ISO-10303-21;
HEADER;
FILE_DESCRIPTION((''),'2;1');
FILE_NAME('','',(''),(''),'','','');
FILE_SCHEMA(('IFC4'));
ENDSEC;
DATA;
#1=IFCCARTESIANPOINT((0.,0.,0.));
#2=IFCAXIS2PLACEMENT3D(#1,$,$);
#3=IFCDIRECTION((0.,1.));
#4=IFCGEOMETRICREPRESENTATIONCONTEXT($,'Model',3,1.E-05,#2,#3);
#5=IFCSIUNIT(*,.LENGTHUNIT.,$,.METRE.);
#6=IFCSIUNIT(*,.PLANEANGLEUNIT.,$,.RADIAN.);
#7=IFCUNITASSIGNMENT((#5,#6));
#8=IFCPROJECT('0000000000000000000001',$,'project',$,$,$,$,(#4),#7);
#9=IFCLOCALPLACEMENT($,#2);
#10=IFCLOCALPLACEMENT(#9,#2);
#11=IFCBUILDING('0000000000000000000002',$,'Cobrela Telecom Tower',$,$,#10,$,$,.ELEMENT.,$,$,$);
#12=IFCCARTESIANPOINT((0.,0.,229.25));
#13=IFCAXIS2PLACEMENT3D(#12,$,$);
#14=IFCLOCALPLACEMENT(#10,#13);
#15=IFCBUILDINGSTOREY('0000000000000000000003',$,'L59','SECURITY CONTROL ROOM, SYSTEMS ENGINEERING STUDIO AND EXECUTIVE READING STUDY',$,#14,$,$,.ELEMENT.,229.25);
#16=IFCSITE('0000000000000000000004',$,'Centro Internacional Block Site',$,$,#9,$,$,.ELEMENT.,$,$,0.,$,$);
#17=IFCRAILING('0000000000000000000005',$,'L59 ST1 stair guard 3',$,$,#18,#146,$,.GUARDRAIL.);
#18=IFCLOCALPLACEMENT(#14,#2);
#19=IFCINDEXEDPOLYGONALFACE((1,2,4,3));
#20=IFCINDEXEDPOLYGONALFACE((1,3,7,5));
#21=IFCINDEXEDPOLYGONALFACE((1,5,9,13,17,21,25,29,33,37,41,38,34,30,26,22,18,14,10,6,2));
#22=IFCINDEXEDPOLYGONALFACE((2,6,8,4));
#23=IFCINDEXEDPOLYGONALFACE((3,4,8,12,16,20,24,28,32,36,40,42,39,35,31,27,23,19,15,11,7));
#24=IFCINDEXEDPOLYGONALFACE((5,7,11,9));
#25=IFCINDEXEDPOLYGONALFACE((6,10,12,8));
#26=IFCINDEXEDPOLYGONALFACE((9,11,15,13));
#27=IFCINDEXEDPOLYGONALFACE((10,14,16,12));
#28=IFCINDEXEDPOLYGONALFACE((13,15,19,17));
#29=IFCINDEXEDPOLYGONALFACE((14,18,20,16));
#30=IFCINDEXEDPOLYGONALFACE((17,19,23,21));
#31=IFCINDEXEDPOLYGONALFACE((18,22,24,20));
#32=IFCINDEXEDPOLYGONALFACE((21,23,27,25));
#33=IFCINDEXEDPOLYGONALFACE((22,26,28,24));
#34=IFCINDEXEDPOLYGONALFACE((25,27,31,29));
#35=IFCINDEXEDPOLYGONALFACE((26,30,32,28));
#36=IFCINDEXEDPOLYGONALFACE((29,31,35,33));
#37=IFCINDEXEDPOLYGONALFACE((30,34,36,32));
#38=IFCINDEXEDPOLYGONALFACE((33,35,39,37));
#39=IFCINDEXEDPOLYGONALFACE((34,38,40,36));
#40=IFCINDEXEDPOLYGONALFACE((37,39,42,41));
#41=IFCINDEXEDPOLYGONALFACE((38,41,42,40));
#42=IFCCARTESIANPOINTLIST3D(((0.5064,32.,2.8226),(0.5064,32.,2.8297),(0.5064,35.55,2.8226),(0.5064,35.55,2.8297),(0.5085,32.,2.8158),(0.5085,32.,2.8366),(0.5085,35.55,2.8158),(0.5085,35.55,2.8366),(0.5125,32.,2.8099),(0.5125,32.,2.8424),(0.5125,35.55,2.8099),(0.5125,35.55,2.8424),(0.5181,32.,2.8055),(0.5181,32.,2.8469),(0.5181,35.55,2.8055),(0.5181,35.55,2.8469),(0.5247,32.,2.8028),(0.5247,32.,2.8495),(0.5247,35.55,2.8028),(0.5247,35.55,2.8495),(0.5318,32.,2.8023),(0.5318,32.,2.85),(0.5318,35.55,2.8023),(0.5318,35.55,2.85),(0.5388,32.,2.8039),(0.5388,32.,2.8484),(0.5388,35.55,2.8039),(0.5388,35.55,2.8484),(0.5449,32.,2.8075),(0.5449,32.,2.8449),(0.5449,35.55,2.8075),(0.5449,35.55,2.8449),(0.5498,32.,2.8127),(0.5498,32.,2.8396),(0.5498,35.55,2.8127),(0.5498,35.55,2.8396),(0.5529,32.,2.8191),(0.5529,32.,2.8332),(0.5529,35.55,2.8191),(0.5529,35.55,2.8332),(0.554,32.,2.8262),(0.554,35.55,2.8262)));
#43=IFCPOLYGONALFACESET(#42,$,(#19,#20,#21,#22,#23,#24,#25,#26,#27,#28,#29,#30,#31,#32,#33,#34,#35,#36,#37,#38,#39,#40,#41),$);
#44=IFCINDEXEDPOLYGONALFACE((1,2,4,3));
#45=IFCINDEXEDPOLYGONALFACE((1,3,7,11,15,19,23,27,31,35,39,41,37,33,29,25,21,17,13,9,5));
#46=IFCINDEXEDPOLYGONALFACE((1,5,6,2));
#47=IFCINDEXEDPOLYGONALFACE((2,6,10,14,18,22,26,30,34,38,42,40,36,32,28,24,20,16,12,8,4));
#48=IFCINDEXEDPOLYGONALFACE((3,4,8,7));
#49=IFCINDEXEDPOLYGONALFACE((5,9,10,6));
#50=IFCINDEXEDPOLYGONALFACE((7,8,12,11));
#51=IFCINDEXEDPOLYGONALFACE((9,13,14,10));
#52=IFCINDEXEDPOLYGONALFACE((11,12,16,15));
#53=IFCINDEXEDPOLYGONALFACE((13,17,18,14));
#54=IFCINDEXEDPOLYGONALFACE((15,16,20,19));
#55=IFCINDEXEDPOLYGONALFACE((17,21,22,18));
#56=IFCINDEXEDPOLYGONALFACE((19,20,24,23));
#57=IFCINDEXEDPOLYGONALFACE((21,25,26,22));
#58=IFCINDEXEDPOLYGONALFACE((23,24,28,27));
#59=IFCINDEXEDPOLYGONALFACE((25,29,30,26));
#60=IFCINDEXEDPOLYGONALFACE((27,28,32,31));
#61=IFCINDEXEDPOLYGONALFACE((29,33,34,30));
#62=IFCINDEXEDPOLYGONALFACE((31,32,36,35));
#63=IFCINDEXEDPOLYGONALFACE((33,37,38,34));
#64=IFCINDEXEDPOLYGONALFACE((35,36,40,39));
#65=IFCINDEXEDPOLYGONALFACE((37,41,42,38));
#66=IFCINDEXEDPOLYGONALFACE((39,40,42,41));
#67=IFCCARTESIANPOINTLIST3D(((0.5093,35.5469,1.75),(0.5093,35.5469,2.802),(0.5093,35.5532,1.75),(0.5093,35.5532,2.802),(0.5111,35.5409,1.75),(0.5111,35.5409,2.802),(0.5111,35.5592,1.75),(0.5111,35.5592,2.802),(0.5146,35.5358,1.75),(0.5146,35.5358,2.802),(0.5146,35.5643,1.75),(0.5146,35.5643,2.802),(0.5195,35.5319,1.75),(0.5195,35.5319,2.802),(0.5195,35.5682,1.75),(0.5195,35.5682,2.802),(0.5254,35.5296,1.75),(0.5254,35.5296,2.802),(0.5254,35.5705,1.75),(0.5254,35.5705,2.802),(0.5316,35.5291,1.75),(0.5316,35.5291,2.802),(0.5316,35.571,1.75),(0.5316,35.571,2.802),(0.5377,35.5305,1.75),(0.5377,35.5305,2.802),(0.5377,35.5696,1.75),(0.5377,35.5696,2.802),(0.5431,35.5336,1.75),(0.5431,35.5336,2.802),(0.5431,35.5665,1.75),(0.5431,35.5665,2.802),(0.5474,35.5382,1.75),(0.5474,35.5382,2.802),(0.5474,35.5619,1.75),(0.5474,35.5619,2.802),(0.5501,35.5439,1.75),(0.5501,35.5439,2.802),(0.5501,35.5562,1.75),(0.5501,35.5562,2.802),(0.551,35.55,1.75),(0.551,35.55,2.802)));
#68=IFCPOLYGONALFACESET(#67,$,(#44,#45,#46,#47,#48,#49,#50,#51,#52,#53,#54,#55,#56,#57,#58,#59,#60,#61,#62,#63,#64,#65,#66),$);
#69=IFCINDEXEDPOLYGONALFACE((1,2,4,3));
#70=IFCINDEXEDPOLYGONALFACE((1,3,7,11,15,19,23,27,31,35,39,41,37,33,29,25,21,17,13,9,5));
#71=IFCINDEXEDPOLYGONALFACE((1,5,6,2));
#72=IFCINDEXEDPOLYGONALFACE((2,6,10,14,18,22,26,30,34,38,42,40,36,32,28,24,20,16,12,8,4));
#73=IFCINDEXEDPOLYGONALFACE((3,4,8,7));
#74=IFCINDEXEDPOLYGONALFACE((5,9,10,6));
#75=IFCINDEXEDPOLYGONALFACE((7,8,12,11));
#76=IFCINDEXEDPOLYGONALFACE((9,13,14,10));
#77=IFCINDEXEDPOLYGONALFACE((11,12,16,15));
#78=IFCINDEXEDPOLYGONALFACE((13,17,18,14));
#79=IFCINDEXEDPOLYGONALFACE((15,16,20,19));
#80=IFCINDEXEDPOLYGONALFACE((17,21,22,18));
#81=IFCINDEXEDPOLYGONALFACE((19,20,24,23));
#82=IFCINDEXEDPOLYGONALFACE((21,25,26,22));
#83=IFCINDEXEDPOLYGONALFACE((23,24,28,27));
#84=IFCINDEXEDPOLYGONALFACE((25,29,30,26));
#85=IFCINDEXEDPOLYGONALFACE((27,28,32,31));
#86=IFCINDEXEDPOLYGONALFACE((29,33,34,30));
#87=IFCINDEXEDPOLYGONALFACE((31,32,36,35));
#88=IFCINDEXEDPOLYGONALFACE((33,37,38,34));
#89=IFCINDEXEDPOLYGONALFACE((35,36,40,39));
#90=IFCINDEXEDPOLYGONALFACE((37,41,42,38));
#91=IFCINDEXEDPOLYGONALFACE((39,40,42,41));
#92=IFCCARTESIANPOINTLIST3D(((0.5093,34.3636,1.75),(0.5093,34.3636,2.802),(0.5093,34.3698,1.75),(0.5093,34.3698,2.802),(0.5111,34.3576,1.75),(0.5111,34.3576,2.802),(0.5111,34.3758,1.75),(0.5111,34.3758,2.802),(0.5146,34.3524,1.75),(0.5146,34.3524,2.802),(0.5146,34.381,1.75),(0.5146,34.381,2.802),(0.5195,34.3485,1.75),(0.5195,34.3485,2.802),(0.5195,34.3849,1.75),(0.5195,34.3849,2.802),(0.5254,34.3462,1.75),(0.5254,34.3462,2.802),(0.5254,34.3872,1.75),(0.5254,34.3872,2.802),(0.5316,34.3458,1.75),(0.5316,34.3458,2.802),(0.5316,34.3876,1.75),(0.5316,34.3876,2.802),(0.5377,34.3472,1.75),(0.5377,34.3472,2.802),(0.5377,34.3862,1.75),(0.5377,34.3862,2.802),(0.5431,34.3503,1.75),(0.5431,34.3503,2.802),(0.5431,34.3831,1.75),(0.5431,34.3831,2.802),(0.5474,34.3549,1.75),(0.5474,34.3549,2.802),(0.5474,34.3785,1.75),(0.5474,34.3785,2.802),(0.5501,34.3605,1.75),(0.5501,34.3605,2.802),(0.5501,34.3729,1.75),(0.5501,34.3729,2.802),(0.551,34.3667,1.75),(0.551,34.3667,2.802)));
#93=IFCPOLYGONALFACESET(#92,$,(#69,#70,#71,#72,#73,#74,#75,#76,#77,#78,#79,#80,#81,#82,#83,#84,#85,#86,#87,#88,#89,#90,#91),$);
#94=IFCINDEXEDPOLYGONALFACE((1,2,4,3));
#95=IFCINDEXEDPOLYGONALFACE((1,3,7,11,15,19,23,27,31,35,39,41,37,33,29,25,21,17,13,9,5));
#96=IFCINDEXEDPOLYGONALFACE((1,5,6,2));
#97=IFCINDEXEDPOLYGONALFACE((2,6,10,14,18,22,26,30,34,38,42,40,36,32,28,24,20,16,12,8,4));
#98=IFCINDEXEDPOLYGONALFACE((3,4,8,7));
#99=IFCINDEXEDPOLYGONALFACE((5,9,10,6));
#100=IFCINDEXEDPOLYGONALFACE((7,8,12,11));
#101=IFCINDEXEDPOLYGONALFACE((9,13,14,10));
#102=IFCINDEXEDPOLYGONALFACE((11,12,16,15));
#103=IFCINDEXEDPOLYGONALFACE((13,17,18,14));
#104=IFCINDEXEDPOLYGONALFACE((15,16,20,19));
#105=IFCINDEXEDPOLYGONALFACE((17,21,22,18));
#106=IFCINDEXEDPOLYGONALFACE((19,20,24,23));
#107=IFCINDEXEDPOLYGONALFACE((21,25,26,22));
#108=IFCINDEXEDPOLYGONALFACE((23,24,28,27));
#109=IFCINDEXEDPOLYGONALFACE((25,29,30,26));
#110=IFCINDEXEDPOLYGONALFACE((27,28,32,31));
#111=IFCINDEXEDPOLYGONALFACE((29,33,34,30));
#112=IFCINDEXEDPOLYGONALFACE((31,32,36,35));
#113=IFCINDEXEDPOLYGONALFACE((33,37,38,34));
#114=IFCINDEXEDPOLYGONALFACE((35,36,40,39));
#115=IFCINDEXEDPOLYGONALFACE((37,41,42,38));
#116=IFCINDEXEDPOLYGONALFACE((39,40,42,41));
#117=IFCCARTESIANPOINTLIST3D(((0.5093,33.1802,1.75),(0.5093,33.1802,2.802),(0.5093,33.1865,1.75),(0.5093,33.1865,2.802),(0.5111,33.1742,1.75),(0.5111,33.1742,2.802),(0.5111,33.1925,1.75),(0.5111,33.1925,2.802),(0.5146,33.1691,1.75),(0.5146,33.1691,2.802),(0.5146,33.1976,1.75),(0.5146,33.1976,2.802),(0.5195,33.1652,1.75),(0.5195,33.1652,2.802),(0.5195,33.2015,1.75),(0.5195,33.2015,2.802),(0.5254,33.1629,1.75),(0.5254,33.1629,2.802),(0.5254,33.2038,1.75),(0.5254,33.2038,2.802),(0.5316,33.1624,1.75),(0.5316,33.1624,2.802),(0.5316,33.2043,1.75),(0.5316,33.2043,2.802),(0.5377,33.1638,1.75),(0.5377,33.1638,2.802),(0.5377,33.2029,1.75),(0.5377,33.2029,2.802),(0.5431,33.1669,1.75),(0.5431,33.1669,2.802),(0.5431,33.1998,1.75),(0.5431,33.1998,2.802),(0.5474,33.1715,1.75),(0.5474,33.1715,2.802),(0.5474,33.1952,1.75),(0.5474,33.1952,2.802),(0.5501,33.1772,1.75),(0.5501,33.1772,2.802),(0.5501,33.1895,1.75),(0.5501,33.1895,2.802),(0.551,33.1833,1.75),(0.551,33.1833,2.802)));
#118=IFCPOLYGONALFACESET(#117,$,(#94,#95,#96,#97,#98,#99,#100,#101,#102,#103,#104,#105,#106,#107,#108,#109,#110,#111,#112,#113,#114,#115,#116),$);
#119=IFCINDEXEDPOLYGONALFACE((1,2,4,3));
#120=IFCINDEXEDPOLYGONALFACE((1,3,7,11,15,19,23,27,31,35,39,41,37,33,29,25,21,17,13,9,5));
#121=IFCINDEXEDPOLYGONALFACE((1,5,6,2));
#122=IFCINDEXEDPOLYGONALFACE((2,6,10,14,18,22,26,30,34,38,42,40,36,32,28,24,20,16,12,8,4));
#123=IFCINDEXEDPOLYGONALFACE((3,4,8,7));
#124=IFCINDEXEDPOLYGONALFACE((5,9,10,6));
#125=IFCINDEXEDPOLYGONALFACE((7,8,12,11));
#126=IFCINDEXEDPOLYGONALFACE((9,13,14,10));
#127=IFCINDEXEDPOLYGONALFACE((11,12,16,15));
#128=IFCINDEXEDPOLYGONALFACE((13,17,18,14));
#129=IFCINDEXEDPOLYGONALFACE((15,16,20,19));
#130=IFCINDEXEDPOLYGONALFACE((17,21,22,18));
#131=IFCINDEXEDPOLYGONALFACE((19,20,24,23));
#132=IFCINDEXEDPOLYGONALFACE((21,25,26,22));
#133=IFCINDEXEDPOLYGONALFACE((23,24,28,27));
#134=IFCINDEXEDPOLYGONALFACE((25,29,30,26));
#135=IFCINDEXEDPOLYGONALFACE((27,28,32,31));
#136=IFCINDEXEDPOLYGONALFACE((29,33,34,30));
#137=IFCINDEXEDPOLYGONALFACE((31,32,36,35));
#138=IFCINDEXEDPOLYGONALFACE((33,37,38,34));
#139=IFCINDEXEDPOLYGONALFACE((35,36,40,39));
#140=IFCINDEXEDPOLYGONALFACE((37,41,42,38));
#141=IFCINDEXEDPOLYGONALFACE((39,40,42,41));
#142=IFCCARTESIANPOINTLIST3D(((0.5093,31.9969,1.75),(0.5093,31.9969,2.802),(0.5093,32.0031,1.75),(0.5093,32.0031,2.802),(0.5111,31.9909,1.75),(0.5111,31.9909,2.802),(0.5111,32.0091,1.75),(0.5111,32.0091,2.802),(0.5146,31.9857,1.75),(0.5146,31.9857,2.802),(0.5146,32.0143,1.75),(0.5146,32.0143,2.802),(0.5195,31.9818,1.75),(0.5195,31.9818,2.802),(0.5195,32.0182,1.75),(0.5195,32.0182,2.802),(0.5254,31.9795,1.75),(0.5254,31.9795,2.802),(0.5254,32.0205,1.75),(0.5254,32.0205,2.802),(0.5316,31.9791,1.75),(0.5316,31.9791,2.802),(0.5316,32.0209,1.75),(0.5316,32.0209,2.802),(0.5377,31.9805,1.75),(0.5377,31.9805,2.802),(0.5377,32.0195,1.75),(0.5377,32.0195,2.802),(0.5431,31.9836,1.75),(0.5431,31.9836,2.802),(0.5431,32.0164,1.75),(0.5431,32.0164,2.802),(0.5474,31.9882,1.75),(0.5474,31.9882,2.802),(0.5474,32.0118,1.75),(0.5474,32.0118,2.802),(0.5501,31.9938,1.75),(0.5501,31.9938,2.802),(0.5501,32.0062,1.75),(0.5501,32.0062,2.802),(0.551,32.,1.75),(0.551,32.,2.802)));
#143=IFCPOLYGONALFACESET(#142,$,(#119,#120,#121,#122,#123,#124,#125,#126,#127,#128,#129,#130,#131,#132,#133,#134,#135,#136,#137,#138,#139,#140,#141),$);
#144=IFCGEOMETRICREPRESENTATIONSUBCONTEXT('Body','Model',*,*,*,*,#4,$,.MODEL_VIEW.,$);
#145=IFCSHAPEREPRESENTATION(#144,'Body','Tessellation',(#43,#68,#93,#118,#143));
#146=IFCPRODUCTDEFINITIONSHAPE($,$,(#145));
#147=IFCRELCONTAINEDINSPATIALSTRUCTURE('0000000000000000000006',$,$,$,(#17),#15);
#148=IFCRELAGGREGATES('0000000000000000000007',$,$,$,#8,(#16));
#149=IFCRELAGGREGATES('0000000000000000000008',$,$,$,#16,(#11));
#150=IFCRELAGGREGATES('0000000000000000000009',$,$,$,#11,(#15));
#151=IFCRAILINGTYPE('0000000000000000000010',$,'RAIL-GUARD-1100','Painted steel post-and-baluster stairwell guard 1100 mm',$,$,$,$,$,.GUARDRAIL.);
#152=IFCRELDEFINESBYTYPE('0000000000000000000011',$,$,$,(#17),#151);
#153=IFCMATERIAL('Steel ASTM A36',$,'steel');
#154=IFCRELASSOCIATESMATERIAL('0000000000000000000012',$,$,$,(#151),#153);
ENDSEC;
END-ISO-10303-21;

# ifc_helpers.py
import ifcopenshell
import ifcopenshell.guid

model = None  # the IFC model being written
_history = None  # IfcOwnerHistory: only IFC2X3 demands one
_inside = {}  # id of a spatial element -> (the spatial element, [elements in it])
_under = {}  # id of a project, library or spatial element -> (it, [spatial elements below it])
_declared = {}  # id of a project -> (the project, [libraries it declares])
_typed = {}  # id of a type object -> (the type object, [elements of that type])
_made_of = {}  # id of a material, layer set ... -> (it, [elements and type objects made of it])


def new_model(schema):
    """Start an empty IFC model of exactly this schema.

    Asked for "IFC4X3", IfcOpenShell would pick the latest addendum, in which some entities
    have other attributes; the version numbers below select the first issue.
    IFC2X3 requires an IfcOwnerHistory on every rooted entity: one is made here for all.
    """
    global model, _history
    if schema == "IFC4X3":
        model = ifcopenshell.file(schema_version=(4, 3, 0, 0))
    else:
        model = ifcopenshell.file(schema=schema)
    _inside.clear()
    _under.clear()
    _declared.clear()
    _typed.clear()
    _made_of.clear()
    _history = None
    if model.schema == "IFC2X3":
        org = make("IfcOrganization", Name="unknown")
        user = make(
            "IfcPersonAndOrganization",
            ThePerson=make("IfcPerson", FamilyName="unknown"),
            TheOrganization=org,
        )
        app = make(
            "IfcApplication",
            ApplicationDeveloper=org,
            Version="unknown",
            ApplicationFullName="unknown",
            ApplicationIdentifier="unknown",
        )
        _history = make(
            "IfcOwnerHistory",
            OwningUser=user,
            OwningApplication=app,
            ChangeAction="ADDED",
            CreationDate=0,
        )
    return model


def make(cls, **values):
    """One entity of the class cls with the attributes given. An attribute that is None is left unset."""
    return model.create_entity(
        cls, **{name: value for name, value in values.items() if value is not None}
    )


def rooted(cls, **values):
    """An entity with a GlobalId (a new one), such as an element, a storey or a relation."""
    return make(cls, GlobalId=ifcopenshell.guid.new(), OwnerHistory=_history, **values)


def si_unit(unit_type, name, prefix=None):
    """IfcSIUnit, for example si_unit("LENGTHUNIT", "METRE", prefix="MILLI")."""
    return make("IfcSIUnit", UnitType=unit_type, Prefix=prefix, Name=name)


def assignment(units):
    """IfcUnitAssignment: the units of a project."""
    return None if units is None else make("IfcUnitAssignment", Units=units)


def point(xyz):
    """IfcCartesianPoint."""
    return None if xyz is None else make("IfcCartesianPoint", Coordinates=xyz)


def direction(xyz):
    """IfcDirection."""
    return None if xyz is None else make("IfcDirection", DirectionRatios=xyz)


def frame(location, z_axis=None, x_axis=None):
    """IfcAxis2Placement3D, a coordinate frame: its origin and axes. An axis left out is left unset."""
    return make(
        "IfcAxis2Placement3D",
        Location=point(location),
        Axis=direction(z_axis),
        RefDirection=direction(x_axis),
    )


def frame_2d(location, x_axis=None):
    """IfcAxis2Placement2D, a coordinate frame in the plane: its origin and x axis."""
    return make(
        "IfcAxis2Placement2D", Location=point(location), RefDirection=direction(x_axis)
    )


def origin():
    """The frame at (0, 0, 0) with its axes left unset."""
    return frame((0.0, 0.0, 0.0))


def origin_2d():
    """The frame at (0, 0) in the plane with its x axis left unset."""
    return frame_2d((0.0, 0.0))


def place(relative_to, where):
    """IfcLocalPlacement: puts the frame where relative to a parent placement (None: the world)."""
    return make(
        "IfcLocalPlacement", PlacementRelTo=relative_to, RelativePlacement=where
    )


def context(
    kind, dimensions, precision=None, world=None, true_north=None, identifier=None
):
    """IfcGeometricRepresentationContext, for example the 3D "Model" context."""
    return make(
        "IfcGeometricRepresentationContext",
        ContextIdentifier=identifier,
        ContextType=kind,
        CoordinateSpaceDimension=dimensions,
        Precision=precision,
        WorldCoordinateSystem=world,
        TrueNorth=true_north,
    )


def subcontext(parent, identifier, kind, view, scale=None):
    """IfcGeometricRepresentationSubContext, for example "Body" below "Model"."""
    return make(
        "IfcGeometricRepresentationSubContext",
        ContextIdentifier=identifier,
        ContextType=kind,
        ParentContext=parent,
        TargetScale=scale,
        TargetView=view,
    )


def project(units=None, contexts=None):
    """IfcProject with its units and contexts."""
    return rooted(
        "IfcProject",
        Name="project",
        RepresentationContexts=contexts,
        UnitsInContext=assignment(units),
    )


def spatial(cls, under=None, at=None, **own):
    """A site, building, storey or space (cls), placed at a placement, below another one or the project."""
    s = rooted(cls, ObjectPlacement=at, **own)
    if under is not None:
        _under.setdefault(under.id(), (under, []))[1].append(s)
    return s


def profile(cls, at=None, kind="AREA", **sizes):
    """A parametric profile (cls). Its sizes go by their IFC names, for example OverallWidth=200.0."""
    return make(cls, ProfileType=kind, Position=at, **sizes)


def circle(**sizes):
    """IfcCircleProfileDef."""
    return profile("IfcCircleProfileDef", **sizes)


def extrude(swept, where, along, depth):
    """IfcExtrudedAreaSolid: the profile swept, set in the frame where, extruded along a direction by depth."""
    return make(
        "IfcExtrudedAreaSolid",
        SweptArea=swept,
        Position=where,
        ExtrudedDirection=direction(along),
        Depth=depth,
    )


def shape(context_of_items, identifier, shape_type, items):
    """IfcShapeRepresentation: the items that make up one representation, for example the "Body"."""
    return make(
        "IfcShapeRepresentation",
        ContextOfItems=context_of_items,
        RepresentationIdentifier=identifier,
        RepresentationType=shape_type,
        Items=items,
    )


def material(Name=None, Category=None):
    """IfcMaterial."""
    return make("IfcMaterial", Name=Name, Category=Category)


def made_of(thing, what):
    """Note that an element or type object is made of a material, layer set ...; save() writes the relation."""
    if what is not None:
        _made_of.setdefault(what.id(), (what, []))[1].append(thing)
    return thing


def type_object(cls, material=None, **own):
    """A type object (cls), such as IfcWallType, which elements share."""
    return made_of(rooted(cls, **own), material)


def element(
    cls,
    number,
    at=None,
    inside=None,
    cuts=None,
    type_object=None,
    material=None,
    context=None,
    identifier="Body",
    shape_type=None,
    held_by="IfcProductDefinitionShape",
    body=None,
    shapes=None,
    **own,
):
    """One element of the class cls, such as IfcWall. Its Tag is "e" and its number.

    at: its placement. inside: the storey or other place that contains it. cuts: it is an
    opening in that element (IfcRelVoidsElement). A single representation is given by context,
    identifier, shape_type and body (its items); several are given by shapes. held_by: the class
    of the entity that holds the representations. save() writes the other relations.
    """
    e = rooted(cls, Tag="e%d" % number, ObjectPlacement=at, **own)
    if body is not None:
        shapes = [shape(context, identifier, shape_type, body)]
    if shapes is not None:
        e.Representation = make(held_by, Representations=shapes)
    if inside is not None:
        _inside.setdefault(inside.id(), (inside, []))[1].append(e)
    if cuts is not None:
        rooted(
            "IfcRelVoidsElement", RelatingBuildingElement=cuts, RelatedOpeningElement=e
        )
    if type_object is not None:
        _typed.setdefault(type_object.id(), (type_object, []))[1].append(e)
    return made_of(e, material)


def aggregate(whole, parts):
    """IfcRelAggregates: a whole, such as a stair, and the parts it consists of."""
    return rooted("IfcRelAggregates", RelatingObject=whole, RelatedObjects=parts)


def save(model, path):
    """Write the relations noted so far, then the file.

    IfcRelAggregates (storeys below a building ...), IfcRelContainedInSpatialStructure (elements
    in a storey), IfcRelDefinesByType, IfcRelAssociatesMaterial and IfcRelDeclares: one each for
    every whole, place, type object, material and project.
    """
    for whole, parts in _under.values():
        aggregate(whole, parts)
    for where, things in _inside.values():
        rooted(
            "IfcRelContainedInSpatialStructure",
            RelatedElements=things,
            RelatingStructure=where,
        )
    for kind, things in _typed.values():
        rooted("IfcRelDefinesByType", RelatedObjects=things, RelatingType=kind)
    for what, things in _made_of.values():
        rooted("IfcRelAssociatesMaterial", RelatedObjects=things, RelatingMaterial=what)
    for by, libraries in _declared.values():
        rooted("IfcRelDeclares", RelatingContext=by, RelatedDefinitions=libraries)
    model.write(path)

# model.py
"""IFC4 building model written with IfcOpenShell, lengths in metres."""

from ifc_helpers import new_model, si_unit, direction, frame, origin, origin_2d, place, context, subcontext, project, spatial, circle, extrude, material, type_object, element, save


model = new_model("IFC4")

# Units and contexts
model_context = context("Model", 3, precision=1e-05, world=origin(), true_north=direction((0.0, 1.0)))
body_context = subcontext(model_context, "Body", "Model", "MODEL_VIEW")
ifc_project = project(units=[si_unit("LENGTHUNIT", "METRE"), si_unit("PLANEANGLEUNIT", "RADIAN")], contexts=[model_context])

# Site, building, storey
site_placement = place(None, origin())
site = spatial("IfcSite", under=ifc_project, at=site_placement, Name="Centro Internacional Block Site", CompositionType="ELEMENT", RefElevation=0.0)
building_placement = place(site_placement, origin())
building = spatial("IfcBuilding", under=site, at=building_placement, Name="Cobrela Telecom Tower", CompositionType="ELEMENT")
storey_placement = place(building_placement, frame((0.0, 0.0, 229.25)))
storey = spatial("IfcBuildingStorey", under=building, at=storey_placement, Name="L59", Description="SECURITY CONTROL ROOM, SYSTEMS ENGINEERING STUDIO AND EXECUTIVE READING STUDY", CompositionType="ELEMENT", Elevation=229.25)

# Shared definitions
ifc_material_1 = material(Name="Steel ASTM A36", Category="steel")

# Railing
railing_type_1 = type_object("IfcRailingType", Name="RAIL-GUARD-1100", Description="Painted steel post-and-baluster stairwell guard 1100 mm", PredefinedType="GUARDRAIL", material=ifc_material_1)
railing_1_placement = place(storey_placement, frame((0.53, 35.55, 1.75)))
element("IfcRailing", 1, at=railing_1_placement, inside=storey, type_object=railing_type_1, Name="L59 ST1 stair guard 3", PredefinedType="GUARDRAIL", context=body_context, shape_type="SweptSolid", body=[
    extrude(circle(Radius=0.0239, at=origin_2d()), frame((0.0, 0.0, 1.0762), z_axis=(0.0, -1.0, 0.0), x_axis=(1.0, 0.0, 0.0)), (0.0, 0.0, 1.0), 3.55),
    extrude(circle(Radius=0.021, at=origin_2d()), origin(), (0.0, 0.0, 1.0), 1.052),
    extrude(circle(Radius=0.021, at=origin_2d()), frame((0.0, -1.1833, 0.0)), (0.0, 0.0, 1.0), 1.052),
    extrude(circle(Radius=0.021, at=origin_2d()), frame((0.0, -2.3667, 0.0)), (0.0, 0.0, 1.0), 1.052),
    extrude(circle(Radius=0.021, at=origin_2d()), frame((0.0, -3.55, 0.0)), (0.0, 0.0, 1.0), 1.052),
])

save(model, "model.ifc")
